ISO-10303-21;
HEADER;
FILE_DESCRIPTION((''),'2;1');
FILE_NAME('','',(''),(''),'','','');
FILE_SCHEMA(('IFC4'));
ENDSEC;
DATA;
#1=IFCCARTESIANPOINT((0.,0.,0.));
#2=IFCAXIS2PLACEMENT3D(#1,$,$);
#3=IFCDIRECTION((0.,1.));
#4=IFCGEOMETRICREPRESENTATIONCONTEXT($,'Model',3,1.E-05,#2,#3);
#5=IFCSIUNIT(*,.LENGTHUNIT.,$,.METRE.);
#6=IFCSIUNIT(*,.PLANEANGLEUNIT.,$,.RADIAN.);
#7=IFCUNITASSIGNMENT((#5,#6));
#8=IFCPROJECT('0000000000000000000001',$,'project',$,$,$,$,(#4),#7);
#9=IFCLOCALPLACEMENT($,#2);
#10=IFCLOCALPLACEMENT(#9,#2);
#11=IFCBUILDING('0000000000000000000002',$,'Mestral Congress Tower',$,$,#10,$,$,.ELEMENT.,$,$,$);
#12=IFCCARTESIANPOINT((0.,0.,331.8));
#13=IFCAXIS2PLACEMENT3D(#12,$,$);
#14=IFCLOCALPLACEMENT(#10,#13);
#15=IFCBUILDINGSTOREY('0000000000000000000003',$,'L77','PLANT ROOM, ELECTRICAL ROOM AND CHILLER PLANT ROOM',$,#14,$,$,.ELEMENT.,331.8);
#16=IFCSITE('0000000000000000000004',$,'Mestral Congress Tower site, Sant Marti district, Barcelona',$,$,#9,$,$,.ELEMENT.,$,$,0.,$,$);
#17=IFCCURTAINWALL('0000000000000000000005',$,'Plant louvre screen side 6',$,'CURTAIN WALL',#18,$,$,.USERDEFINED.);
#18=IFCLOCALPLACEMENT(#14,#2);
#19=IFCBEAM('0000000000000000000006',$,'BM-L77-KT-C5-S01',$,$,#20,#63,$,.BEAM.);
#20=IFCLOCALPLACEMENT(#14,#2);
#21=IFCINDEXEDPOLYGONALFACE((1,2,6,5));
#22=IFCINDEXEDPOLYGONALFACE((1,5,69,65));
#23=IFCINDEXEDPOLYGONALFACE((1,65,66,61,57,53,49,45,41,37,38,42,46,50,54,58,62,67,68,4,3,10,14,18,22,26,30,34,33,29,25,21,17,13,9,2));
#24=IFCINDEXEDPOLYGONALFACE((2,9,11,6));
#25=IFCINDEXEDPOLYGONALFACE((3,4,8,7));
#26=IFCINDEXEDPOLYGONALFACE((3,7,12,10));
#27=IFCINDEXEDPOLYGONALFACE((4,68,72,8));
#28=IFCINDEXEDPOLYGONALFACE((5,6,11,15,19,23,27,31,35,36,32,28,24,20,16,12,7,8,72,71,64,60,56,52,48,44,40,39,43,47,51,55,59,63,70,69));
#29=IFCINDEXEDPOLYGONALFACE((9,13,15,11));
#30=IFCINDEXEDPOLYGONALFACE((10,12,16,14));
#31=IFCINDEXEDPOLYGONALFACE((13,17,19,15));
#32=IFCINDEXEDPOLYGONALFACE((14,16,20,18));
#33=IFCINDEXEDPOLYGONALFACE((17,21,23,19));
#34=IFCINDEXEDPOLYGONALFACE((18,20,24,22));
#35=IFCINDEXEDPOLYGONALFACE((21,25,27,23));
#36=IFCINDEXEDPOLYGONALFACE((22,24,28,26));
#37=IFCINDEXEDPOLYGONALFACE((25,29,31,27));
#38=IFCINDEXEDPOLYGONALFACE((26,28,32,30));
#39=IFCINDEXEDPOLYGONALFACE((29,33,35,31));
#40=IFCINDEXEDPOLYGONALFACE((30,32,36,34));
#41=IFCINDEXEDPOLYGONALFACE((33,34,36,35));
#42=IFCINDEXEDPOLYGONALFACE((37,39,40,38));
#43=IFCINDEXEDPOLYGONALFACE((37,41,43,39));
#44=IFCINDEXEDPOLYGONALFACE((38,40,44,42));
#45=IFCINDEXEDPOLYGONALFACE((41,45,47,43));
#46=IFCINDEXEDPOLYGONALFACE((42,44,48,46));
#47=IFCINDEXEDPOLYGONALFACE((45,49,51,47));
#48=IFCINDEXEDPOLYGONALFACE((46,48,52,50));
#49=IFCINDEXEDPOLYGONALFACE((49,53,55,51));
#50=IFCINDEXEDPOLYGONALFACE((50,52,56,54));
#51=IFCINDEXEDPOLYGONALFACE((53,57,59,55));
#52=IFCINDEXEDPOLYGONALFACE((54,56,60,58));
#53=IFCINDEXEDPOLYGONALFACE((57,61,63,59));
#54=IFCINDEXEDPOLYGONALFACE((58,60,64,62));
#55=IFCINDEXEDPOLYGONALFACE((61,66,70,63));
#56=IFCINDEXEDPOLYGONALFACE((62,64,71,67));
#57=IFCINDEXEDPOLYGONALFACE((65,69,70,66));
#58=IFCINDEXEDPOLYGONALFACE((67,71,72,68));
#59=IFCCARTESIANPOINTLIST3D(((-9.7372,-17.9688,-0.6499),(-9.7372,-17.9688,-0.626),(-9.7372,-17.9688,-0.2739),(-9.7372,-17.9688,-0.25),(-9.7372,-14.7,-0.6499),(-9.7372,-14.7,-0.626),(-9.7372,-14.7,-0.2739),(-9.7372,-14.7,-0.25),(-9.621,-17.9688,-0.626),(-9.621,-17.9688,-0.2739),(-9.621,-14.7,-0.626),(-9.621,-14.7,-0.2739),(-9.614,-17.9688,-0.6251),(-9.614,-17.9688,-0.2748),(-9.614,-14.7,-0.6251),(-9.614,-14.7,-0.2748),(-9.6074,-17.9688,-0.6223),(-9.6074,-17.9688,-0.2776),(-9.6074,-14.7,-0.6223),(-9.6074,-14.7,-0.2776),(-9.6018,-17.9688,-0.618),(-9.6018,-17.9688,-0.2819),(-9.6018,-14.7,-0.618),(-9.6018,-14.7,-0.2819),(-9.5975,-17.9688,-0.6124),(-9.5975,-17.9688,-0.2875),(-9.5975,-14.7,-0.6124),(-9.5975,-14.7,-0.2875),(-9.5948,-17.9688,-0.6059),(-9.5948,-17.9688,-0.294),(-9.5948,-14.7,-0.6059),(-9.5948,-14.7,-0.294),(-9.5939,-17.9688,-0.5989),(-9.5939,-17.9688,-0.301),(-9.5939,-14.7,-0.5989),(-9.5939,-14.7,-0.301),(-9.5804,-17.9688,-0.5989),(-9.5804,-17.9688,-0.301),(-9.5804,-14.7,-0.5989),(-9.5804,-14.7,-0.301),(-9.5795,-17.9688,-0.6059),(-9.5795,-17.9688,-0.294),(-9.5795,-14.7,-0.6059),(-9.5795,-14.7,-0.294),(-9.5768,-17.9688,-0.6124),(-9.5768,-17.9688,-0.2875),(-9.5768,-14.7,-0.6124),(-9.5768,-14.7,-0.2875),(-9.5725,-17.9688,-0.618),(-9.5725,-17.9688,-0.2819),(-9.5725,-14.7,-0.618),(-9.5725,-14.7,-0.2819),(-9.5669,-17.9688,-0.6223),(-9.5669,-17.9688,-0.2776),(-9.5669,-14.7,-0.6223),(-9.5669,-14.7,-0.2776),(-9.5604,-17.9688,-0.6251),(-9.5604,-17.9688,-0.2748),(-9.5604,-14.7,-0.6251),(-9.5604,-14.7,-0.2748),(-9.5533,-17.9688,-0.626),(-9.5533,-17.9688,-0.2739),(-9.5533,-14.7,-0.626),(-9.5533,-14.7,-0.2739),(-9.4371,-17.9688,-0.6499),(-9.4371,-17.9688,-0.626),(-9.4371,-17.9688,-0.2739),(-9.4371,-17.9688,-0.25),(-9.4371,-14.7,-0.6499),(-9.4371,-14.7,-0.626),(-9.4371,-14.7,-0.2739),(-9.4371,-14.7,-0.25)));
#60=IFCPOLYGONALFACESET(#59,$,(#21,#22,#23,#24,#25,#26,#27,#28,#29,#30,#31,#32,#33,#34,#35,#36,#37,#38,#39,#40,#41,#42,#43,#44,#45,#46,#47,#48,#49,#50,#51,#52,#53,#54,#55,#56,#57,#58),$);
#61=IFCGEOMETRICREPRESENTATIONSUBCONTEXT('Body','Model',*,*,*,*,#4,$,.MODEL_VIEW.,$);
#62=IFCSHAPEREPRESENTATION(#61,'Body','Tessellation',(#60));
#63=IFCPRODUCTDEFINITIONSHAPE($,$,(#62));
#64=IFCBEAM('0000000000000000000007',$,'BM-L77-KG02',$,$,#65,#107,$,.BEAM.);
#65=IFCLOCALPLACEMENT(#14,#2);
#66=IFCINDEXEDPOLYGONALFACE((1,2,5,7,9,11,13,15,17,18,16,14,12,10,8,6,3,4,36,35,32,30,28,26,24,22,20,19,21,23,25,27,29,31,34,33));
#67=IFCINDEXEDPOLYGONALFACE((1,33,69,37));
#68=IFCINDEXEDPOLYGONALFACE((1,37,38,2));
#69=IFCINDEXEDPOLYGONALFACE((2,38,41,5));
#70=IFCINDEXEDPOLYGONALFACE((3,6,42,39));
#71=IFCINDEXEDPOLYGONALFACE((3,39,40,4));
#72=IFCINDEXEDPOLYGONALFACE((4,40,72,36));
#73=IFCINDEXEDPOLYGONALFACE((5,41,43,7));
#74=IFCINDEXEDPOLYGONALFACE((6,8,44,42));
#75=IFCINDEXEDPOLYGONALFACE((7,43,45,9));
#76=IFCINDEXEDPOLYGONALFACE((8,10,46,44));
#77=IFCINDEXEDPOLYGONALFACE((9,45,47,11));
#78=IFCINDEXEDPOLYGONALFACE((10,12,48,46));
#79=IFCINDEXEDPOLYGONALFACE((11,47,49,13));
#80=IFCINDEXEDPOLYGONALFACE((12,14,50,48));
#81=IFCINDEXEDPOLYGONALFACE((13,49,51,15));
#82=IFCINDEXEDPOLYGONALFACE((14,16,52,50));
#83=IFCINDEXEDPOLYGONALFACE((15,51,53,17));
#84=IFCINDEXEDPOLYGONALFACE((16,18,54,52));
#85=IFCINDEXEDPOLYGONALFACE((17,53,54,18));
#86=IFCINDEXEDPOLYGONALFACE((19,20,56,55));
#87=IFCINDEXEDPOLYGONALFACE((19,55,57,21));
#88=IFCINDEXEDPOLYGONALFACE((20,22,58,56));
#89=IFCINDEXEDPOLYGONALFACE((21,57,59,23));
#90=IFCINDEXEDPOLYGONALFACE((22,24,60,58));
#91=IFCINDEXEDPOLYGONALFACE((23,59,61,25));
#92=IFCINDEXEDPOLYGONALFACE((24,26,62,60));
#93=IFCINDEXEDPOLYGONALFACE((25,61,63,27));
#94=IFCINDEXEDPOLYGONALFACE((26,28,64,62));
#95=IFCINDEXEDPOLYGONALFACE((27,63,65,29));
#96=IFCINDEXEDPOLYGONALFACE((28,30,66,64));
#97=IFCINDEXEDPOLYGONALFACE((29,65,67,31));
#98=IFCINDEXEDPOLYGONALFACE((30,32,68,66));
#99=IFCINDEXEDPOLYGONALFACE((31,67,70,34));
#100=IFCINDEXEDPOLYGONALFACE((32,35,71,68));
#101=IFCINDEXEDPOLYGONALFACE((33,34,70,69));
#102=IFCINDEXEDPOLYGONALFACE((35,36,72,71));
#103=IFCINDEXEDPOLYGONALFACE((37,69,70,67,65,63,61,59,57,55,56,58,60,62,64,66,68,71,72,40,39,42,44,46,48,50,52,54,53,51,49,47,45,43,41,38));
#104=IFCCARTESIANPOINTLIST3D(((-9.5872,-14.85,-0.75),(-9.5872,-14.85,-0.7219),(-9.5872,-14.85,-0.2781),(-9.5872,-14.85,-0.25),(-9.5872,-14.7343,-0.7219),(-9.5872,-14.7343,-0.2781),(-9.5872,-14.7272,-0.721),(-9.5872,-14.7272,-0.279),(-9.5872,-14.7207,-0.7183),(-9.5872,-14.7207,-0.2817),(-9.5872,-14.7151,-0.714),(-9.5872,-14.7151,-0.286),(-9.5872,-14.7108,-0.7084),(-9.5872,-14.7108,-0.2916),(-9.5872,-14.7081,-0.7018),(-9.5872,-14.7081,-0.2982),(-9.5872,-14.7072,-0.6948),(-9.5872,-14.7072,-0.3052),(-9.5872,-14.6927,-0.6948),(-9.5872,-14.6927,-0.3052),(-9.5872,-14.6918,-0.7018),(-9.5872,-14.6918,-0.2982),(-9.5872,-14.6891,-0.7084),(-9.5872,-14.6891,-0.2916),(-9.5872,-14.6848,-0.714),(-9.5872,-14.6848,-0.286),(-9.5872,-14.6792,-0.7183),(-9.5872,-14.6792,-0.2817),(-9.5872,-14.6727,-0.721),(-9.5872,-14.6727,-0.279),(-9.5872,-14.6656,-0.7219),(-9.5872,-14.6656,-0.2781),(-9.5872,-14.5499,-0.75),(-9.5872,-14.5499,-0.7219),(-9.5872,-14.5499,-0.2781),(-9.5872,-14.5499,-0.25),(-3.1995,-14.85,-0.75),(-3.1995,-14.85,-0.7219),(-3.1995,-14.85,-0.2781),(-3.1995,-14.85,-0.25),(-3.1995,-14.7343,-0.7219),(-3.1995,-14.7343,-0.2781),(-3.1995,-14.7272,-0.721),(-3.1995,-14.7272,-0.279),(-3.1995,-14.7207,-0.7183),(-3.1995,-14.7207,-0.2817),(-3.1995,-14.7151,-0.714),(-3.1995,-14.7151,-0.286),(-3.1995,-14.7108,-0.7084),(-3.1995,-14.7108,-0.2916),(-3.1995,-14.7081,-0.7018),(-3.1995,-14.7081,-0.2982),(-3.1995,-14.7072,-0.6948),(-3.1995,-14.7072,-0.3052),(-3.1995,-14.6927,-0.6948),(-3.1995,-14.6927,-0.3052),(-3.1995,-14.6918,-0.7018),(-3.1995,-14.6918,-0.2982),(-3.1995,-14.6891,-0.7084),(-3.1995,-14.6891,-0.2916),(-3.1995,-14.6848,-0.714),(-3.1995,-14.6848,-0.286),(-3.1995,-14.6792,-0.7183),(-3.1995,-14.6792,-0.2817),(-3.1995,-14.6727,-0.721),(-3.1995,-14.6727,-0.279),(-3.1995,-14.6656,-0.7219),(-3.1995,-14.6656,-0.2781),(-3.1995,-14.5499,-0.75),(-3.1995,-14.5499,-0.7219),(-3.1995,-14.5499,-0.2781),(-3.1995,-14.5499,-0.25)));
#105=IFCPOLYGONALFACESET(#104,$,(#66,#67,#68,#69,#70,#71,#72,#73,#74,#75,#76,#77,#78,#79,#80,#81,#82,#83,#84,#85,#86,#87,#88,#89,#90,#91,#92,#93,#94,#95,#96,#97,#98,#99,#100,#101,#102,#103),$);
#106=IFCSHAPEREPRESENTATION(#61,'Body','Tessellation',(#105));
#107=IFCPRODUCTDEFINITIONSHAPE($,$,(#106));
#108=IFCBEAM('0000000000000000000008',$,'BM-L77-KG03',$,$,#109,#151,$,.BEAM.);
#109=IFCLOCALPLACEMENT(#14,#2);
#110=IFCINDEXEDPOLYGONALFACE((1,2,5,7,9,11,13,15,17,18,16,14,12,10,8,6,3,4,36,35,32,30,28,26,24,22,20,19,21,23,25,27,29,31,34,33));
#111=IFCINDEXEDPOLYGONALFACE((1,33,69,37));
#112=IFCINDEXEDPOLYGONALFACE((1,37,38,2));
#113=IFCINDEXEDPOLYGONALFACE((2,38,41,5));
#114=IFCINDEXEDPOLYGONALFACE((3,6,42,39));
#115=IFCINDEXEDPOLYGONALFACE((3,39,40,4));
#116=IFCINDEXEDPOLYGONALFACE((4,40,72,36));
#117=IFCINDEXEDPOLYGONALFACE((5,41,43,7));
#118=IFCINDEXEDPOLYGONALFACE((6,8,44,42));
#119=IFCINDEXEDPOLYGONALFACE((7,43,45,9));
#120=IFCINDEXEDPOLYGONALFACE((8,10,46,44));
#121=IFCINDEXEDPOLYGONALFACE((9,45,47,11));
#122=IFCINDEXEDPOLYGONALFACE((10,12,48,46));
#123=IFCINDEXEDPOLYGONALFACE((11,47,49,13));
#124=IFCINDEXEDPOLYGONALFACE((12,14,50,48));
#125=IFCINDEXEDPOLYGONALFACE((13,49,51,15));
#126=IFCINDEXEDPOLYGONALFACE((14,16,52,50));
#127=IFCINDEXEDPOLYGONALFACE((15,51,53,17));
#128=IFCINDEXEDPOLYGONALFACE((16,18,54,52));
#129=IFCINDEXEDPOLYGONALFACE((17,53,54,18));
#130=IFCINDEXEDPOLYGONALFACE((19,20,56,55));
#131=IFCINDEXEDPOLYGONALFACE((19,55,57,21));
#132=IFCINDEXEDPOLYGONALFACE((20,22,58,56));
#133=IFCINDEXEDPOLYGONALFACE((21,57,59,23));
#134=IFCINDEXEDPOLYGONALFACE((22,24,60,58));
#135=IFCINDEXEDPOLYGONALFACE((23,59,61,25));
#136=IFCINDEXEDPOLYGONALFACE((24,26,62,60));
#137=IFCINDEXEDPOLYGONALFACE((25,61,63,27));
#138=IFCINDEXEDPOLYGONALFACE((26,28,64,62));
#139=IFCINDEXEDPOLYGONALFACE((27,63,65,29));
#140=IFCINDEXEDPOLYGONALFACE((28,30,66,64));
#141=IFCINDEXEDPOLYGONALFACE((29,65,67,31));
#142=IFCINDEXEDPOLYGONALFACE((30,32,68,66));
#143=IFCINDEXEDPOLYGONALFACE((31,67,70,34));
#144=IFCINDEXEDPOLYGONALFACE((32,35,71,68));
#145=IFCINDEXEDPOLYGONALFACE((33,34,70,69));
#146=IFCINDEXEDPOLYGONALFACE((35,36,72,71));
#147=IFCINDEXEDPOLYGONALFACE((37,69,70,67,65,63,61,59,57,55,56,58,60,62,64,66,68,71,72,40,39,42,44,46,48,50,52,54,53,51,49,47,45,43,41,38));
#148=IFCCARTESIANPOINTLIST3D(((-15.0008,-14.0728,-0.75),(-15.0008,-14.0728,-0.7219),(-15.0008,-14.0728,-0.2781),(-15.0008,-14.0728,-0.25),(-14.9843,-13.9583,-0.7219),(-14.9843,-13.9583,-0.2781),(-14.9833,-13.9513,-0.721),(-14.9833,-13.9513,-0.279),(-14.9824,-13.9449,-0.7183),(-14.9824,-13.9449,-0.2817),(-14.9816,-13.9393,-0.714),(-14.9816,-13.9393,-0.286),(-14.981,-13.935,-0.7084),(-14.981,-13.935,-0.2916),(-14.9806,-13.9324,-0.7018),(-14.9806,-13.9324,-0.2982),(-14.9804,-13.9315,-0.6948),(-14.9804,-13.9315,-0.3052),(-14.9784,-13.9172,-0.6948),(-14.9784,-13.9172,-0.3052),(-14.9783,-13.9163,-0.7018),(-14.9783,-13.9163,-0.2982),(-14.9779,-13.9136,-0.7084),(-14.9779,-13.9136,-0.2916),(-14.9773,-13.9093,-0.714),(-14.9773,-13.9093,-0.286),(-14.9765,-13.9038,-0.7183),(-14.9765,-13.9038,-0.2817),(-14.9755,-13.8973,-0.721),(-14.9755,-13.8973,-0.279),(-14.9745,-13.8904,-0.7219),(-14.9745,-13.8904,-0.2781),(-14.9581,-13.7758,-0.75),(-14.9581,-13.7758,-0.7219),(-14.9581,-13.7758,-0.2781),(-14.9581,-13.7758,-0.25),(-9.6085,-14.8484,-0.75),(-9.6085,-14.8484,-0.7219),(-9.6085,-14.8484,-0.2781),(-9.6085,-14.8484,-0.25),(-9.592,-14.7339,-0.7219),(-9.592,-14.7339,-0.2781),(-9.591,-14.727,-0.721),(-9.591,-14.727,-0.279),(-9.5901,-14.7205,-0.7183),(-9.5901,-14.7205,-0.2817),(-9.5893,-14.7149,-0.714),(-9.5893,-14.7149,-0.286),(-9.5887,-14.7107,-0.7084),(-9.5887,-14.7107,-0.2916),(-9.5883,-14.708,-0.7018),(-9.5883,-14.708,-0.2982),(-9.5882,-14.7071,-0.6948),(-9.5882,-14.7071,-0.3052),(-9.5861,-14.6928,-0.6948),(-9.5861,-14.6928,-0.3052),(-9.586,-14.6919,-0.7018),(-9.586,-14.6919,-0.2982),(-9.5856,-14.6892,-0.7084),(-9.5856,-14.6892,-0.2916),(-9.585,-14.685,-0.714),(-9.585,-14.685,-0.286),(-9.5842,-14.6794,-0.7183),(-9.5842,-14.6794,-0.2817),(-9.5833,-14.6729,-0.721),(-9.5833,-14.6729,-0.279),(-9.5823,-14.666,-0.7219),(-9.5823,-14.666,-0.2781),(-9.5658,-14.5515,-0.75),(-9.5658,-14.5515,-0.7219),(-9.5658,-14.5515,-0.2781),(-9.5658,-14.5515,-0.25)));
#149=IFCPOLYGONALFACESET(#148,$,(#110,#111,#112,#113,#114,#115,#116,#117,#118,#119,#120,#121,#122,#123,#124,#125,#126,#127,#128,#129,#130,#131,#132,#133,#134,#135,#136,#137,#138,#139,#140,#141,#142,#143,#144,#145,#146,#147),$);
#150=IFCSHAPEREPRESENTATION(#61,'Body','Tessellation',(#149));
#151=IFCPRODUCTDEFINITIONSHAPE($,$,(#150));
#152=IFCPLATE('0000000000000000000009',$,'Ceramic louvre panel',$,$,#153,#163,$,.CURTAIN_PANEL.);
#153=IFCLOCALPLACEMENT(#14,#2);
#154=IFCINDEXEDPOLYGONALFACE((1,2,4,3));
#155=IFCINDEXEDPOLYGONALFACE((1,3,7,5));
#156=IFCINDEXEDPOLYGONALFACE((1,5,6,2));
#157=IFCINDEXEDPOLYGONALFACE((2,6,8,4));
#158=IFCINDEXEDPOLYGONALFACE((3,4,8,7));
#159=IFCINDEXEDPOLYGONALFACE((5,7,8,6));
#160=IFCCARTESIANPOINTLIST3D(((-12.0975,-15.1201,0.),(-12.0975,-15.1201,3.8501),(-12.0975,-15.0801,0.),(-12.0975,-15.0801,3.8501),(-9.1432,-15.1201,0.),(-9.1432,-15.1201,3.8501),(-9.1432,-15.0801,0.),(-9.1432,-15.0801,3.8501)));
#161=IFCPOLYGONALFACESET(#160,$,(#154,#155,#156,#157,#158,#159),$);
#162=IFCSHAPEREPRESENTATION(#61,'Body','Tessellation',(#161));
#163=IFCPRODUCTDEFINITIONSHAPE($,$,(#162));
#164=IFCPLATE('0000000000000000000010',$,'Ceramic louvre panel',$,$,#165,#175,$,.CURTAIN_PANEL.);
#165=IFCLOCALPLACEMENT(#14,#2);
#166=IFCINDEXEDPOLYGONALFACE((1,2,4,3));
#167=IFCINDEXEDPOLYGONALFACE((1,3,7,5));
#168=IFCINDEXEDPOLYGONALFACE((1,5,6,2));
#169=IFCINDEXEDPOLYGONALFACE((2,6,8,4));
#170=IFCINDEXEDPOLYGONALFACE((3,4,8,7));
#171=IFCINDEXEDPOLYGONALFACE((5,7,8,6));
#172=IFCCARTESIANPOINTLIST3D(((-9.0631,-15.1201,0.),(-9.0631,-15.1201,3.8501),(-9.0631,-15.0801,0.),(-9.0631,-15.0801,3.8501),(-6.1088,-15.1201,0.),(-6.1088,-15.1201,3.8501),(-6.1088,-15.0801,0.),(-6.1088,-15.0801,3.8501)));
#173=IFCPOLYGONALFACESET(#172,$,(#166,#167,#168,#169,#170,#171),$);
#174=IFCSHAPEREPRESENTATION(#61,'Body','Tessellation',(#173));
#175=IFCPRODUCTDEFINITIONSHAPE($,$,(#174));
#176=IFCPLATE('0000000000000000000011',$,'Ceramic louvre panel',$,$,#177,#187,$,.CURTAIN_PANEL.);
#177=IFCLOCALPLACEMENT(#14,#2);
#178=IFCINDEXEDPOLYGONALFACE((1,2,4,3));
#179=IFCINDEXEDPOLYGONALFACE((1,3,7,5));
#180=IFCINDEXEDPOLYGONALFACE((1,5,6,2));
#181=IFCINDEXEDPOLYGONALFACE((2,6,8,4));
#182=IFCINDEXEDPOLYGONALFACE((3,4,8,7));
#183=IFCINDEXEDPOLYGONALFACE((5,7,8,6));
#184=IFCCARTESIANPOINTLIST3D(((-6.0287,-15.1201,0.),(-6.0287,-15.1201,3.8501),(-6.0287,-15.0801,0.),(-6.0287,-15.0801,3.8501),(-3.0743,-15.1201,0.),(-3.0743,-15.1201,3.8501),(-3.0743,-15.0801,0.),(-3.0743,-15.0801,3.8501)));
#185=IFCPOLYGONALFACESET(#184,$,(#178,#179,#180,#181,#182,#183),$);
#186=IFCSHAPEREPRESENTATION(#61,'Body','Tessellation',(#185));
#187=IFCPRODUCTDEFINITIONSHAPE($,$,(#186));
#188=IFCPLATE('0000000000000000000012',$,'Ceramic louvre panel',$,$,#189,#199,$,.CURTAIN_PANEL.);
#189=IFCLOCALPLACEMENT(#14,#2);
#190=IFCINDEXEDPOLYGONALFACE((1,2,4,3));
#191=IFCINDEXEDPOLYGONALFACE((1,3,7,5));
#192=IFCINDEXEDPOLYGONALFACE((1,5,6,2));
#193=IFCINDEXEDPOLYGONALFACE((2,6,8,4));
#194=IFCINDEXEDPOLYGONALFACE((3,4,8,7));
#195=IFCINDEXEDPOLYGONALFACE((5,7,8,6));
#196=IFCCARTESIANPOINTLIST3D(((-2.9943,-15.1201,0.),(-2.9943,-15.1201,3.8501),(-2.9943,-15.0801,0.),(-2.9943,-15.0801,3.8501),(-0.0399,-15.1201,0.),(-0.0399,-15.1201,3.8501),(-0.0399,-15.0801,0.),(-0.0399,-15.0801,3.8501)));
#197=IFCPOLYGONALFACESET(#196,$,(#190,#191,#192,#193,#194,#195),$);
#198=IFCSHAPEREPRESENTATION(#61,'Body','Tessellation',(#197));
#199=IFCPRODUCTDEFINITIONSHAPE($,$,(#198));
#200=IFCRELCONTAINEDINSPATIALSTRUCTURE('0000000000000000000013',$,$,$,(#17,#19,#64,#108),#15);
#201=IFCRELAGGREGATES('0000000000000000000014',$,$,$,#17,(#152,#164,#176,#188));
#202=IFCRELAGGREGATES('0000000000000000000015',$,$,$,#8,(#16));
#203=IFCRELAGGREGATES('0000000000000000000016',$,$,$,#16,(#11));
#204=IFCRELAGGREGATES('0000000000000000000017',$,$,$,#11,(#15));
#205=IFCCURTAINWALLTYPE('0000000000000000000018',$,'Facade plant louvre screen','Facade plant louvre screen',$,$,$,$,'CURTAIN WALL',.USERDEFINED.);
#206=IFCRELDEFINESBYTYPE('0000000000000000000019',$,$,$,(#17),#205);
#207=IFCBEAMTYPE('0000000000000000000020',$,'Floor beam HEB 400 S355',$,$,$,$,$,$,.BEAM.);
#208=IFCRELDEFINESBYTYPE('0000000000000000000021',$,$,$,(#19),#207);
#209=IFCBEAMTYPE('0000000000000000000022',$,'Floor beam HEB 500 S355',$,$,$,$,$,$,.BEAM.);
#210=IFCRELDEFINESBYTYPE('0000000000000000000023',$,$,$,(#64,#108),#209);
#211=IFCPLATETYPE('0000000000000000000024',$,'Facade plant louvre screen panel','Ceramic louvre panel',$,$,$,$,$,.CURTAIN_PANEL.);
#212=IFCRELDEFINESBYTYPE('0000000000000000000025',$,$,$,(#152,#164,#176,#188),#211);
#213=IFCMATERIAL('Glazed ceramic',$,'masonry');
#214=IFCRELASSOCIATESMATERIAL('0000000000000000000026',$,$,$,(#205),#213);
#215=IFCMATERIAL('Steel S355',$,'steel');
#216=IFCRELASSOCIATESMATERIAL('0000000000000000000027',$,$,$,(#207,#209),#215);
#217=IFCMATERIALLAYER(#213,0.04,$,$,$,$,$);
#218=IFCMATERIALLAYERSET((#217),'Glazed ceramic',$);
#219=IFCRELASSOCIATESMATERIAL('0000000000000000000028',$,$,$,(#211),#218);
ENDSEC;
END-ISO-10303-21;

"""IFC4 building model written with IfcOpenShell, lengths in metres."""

from ifc_helpers import new_model, si_unit, direction, frame, origin, origin_2d, place, context, subcontext, project, spatial, rectangle, i_section, extrude, material, layer, layer_set, material_profile, profile_set, type_object, element, aggregate, save


model = new_model("IFC4")

# Units and contexts
model_context = context("Model", 3, precision=1e-05, world=origin(), true_north=direction((0.0, 1.0)))
body_context = subcontext(model_context, "Body", "Model", "MODEL_VIEW")
ifc_project = project(units=[si_unit("LENGTHUNIT", "METRE"), si_unit("PLANEANGLEUNIT", "RADIAN")], contexts=[model_context])

# Site, building, storey
site_placement = place(None, origin())
site = spatial("IfcSite", under=ifc_project, at=site_placement, Name="Mestral Congress Tower site, Sant Marti district, Barcelona", CompositionType="ELEMENT", RefElevation=0.0)
building_placement = place(site_placement, origin())
building = spatial("IfcBuilding", under=site, at=building_placement, Name="Mestral Congress Tower", CompositionType="ELEMENT")
storey_placement = place(building_placement, frame((0.0, 0.0, 331.8)))
storey = spatial("IfcBuildingStorey", under=building, at=storey_placement, Name="L77", Description="PLANT ROOM, ELECTRICAL ROOM AND CHILLER PLANT ROOM", CompositionType="ELEMENT", Elevation=331.8)

# Shared definitions
ifc_material_1 = material(Name="Steel S355", Category="steel")

# Shared definitions
ifc_material_2 = material(Name="Glazed ceramic", Category="masonry")
curtain_wall_type = type_object("IfcCurtainWallType", Name="Facade plant louvre screen", Description="Facade plant louvre screen", ElementType="CURTAIN WALL", PredefinedType="USERDEFINED", material=ifc_material_2)
placement = place(storey_placement, origin())

# Curtain wall
curtain_wall_1 = element("IfcCurtainWall", 1, at=placement, inside=storey, type_object=curtain_wall_type, Name="Plant louvre screen side 6", ObjectType="CURTAIN WALL", PredefinedType="USERDEFINED")

# Beams
ifc_material_profile_1 = material_profile(ifc_material_1, i_section(OverallWidth=0.3, OverallDepth=0.3999, WebThickness=0.0134, FlangeThickness=0.0239, FilletRadius=0.0271, at=origin_2d()), Name="HEB 400")
ifc_profile_set_1 = profile_set([ifc_material_profile_1], Name="Steel S355")
beam_type_1 = type_object("IfcBeamType", Name="Floor beam HEB 400 S355", PredefinedType="BEAM", material=ifc_profile_set_1)
beam_1_placement = place(storey_placement, frame((-9.5872, -17.9688, -0.45), z_axis=(0.0, 1.0, 0.0), x_axis=(-1.0, 0.0, 0.0)))
element("IfcBeam", 2, at=beam_1_placement, inside=storey, type_object=beam_type_1, Name="BM-L77-KT-C5-S01", PredefinedType="BEAM", context=body_context, shape_type="SweptSolid", body=[
    extrude(i_section(OverallWidth=0.3, OverallDepth=0.3999, WebThickness=0.0134, FlangeThickness=0.0239, FilletRadius=0.0271, at=origin_2d()), origin(), (0.0, 0.0, 1.0), 3.2688),
])
ifc_material_profile_2 = material_profile(ifc_material_1, i_section(OverallWidth=0.3, OverallDepth=0.5, WebThickness=0.0144, FlangeThickness=0.0281, FilletRadius=0.0271, at=origin_2d()), Name="HEB 500")
ifc_profile_set_2 = profile_set([ifc_material_profile_2], Name="Steel S355")
beam_type_2 = type_object("IfcBeamType", Name="Floor beam HEB 500 S355", PredefinedType="BEAM", material=ifc_profile_set_2)
beam_2_placement = place(storey_placement, frame((-3.1995, -14.7, -0.5), z_axis=(-1.0, 0.0, 0.0), x_axis=(0.0, -1.0, 0.0)))
element("IfcBeam", 3, at=beam_2_placement, inside=storey, type_object=beam_type_2, Name="BM-L77-KG02", PredefinedType="BEAM", context=body_context, shape_type="SweptSolid", body=[
    extrude(i_section(OverallWidth=0.3, OverallDepth=0.5, WebThickness=0.0144, FlangeThickness=0.0281, FilletRadius=0.0271, at=origin_2d()), origin(), (0.0, 0.0, 1.0), 6.3877),
])
beam_3_placement = place(storey_placement, frame((-9.5872, -14.7, -0.5), z_axis=(-0.989813, 0.142375, 0.0), x_axis=(-0.142375, -0.989813, 0.0)))
element("IfcBeam", 4, at=beam_3_placement, inside=storey, type_object=beam_type_2, Name="BM-L77-KG03", PredefinedType="BEAM", context=body_context, shape_type="SweptSolid", body=[
    extrude(i_section(OverallWidth=0.3, OverallDepth=0.5, WebThickness=0.0144, FlangeThickness=0.0281, FilletRadius=0.0271, at=origin_2d()), origin(), (0.0, 0.0, 1.0), 5.4478),
])

# Plates
ifc_layer_1 = layer(ifc_material_2, 0.04)
ifc_layer_set_1 = layer_set([ifc_layer_1], Name="Glazed ceramic")
plate_type = type_object("IfcPlateType", Name="Facade plant louvre screen panel", Description="Ceramic louvre panel", PredefinedType="CURTAIN_PANEL", material=ifc_layer_set_1)
plate_1_placement = place(storey_placement, frame((-10.6204, -15.1001, 0.0), z_axis=(0.0, 0.0, 1.0), x_axis=(1.0, 0.0, 0.0)))
plate_1 = element("IfcPlate", 5, at=plate_1_placement, type_object=plate_type, Name="Ceramic louvre panel", PredefinedType="CURTAIN_PANEL", context=body_context, shape_type="SweptSolid", body=[
    extrude(rectangle(XDim=2.9543, YDim=0.04, at=origin_2d()), origin(), (0.0, 0.0, 1.0), 3.8501),
])
plate_2_placement = place(storey_placement, frame((-7.5859, -15.1001, 0.0), z_axis=(0.0, 0.0, 1.0), x_axis=(1.0, 0.0, 0.0)))
plate_2 = element("IfcPlate", 6, at=plate_2_placement, type_object=plate_type, Name="Ceramic louvre panel", PredefinedType="CURTAIN_PANEL", context=body_context, shape_type="SweptSolid", body=[
    extrude(rectangle(XDim=2.9543, YDim=0.04, at=origin_2d()), origin(), (0.0, 0.0, 1.0), 3.8501),
])
plate_3_placement = place(storey_placement, frame((-4.5515, -15.1001, 0.0), z_axis=(0.0, 0.0, 1.0), x_axis=(1.0, 0.0, 0.0)))
plate_3 = element("IfcPlate", 7, at=plate_3_placement, type_object=plate_type, Name="Ceramic louvre panel", PredefinedType="CURTAIN_PANEL", context=body_context, shape_type="SweptSolid", body=[
    extrude(rectangle(XDim=2.9543, YDim=0.04, at=origin_2d()), origin(), (0.0, 0.0, 1.0), 3.8501),
])
plate_4_placement = place(storey_placement, frame((-1.5171, -15.1001, 0.0), z_axis=(0.0, 0.0, 1.0), x_axis=(1.0, 0.0, 0.0)))
plate_4 = element("IfcPlate", 8, at=plate_4_placement, type_object=plate_type, Name="Ceramic louvre panel", PredefinedType="CURTAIN_PANEL", context=body_context, shape_type="SweptSolid", body=[
    extrude(rectangle(XDim=2.9543, YDim=0.04, at=origin_2d()), origin(), (0.0, 0.0, 1.0), 3.8501),
])
aggregate(curtain_wall_1, [plate_1, plate_2, plate_3, plate_4])

save(model, "model.ifc")
